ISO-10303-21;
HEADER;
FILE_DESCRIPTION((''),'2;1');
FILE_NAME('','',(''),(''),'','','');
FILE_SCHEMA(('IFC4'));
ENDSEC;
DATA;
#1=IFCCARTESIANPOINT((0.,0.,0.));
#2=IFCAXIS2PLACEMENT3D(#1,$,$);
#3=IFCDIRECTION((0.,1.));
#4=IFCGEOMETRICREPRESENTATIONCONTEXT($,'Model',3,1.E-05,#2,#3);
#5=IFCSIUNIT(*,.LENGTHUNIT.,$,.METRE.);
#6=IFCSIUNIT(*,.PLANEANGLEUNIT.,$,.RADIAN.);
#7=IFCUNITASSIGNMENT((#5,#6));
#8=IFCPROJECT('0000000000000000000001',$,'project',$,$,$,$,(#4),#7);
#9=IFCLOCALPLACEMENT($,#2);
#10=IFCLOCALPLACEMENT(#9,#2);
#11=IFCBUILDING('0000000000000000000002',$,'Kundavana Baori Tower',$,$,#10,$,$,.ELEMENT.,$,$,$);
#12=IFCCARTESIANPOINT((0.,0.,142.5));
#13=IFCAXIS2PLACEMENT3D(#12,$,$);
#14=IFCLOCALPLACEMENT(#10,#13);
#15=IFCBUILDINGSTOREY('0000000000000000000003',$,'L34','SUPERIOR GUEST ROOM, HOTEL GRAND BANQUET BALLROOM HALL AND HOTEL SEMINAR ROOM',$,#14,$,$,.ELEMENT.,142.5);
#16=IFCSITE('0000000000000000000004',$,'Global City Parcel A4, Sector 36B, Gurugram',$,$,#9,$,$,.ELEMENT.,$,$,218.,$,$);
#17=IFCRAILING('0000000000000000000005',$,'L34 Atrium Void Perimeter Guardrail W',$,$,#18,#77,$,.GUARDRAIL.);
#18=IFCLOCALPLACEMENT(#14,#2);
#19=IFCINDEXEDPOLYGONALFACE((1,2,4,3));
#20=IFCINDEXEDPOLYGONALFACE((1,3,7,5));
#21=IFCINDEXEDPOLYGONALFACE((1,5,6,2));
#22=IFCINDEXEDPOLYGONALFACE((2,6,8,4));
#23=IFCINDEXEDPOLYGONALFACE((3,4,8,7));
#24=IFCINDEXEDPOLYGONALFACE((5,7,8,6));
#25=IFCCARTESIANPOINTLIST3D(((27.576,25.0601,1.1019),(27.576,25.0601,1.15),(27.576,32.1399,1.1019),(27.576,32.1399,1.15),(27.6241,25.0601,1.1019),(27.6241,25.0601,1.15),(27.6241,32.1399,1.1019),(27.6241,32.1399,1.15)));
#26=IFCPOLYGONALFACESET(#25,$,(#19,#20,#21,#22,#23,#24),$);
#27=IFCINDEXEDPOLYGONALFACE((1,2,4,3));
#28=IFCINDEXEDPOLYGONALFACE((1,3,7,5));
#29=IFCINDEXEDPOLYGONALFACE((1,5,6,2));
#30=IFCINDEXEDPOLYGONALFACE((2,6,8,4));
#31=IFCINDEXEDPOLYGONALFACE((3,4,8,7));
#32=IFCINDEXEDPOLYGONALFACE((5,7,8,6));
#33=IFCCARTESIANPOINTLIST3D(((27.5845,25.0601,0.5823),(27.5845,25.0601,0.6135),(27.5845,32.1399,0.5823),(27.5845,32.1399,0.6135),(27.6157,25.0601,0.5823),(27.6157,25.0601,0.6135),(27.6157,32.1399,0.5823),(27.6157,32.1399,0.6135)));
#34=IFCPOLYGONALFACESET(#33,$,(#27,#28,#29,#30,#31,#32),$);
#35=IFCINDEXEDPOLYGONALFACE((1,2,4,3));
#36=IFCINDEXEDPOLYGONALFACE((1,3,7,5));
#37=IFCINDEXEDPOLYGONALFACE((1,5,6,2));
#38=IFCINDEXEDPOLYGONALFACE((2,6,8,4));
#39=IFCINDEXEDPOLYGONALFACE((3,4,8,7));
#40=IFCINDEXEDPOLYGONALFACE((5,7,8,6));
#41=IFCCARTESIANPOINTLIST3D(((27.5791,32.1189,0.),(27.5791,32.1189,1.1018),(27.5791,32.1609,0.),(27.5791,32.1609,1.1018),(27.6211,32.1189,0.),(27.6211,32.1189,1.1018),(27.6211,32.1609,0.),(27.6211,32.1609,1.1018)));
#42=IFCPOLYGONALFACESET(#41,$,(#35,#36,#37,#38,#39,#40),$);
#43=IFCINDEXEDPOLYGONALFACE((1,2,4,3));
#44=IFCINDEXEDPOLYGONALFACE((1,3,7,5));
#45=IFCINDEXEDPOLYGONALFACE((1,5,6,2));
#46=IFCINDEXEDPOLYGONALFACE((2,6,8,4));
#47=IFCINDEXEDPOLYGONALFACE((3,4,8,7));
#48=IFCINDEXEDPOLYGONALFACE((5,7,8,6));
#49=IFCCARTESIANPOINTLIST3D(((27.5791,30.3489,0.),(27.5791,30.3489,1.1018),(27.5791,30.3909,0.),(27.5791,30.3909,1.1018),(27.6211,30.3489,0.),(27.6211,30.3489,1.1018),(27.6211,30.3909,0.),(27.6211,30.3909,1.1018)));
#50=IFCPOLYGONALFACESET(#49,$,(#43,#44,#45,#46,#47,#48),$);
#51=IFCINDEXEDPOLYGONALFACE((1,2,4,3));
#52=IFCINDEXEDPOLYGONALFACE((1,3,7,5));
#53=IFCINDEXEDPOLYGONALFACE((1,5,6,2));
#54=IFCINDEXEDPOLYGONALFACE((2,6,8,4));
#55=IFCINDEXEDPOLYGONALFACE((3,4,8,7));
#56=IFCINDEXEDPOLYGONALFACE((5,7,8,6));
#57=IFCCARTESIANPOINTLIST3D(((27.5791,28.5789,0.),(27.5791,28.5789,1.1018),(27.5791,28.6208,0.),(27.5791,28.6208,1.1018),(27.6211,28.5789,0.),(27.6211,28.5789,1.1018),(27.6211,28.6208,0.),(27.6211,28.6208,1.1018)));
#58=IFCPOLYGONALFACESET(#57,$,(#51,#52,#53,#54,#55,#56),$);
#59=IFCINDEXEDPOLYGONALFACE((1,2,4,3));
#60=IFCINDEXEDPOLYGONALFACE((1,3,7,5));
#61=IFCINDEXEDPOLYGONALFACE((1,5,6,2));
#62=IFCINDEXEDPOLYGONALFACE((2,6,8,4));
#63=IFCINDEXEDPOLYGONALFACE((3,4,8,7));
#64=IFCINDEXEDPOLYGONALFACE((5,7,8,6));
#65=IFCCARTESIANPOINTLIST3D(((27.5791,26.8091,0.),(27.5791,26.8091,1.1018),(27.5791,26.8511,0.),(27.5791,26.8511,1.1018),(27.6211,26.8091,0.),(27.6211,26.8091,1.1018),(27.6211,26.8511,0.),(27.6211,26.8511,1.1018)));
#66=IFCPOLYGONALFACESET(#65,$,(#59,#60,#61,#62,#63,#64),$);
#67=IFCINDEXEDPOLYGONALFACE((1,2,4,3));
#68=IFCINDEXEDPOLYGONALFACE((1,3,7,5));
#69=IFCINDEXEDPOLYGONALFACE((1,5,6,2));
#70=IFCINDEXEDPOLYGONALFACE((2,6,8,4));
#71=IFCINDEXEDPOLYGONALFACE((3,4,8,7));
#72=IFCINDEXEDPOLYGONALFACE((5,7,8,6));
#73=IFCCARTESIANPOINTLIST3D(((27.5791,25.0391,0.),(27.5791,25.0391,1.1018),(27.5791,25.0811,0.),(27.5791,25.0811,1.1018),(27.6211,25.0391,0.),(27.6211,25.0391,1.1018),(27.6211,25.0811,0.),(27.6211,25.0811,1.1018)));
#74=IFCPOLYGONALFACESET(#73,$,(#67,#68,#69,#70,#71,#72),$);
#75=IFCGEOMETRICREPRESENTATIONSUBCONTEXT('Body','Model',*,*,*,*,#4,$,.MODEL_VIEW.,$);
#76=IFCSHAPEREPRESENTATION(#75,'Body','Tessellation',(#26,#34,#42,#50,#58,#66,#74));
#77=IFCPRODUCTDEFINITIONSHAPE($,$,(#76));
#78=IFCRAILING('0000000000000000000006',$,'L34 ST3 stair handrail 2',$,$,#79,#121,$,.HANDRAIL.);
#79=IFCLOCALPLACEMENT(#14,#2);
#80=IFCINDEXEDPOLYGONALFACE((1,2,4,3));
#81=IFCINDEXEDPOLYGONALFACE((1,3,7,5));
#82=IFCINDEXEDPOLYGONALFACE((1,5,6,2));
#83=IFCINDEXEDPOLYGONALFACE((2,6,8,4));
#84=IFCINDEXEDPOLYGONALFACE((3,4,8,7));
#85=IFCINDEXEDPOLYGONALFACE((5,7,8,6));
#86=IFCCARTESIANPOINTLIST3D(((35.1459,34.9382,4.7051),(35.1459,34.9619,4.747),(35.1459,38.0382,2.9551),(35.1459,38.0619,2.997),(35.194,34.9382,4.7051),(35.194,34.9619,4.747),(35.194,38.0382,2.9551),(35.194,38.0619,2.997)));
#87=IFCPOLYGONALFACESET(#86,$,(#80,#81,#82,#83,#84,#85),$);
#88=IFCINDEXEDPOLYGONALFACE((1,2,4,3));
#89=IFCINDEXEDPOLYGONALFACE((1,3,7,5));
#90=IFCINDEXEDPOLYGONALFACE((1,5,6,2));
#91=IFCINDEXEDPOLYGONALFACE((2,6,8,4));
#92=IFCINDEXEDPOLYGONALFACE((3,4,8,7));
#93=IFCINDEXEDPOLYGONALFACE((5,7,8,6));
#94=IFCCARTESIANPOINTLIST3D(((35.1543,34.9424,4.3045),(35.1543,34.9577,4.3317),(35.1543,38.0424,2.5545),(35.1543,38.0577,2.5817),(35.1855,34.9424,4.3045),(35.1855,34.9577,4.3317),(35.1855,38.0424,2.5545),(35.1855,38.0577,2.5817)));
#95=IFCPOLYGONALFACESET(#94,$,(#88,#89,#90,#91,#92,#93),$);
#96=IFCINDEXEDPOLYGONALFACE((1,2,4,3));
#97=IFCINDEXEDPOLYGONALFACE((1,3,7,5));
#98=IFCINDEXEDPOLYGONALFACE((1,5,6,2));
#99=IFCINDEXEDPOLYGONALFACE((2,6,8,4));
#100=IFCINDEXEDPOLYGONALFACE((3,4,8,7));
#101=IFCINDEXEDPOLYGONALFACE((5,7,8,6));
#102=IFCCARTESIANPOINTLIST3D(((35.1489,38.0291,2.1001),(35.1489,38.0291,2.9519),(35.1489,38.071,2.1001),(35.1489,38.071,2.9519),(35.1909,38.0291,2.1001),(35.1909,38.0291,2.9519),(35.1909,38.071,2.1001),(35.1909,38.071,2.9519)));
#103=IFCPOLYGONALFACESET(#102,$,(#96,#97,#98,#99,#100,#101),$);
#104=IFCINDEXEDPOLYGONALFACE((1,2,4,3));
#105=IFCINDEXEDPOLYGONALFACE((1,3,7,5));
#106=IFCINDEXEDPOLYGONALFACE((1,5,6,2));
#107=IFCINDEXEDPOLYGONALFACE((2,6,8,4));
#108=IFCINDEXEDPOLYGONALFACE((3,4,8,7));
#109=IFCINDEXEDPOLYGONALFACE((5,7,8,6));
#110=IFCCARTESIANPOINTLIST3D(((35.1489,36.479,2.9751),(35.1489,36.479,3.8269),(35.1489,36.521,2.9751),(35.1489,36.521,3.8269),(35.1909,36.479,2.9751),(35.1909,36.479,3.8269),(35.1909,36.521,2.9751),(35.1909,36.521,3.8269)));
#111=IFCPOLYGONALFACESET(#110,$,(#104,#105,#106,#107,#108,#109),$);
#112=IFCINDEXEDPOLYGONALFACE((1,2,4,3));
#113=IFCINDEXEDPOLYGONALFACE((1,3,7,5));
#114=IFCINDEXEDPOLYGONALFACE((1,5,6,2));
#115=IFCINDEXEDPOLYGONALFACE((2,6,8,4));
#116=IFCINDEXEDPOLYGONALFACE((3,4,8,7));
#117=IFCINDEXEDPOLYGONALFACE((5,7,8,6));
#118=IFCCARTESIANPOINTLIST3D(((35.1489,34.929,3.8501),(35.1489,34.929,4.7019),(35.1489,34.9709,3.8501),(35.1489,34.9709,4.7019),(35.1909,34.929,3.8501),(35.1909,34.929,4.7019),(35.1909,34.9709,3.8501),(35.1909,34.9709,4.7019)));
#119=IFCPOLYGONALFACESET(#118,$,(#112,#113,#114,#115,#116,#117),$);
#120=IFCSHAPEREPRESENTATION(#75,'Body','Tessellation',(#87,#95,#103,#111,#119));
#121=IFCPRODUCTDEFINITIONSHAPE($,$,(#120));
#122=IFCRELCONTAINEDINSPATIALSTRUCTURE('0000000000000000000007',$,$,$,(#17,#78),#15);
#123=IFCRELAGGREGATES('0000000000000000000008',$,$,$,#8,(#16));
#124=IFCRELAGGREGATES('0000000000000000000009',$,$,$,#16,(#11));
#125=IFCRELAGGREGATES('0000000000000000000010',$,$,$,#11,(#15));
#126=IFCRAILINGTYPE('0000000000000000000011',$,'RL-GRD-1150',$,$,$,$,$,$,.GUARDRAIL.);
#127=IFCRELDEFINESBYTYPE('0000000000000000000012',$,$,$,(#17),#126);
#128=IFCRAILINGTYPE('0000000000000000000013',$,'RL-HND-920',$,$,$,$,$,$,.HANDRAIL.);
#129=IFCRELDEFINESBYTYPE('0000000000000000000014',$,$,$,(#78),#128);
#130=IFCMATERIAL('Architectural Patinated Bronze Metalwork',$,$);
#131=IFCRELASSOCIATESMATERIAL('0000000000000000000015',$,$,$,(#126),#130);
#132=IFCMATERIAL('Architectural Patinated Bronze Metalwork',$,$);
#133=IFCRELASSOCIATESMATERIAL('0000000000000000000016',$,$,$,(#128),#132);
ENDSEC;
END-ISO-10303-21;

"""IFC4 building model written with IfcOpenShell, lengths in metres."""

from ifc_helpers import new_model, si_unit, direction, frame, origin, origin_2d, place, context, subcontext, project, spatial, rectangle, extrude, material, type_object, element, save


model = new_model("IFC4")

# Units and contexts
model_context = context("Model", 3, precision=1e-05, world=origin(), true_north=direction((0.0, 1.0)))
body_context = subcontext(model_context, "Body", "Model", "MODEL_VIEW")
ifc_project = project(units=[si_unit("LENGTHUNIT", "METRE"), si_unit("PLANEANGLEUNIT", "RADIAN")], contexts=[model_context])

# Site, building, storey
site_placement = place(None, origin())
site = spatial("IfcSite", under=ifc_project, at=site_placement, Name="Global City Parcel A4, Sector 36B, Gurugram", CompositionType="ELEMENT", RefElevation=218.0)
building_placement = place(site_placement, origin())
building = spatial("IfcBuilding", under=site, at=building_placement, Name="Kundavana Baori Tower", CompositionType="ELEMENT")
storey_placement = place(building_placement, frame((0.0, 0.0, 142.5)))
storey = spatial("IfcBuildingStorey", under=building, at=storey_placement, Name="L34", Description="SUPERIOR GUEST ROOM, HOTEL GRAND BANQUET BALLROOM HALL AND HOTEL SEMINAR ROOM", CompositionType="ELEMENT", Elevation=142.5)

# Railings
ifc_material_1 = material(Name="Architectural Patinated Bronze Metalwork")
railing_type_1 = type_object("IfcRailingType", Name="RL-GRD-1150", PredefinedType="GUARDRAIL", material=ifc_material_1)
railing_1_placement = place(storey_placement, frame((27.6001, 32.1399, 0.0)))
element("IfcRailing", 1, at=railing_1_placement, inside=storey, type_object=railing_type_1, Name="L34 Atrium Void Perimeter Guardrail W", PredefinedType="GUARDRAIL", context=body_context, shape_type="SweptSolid", body=[
    extrude(rectangle(XDim=0.0481, YDim=0.0481, at=origin_2d()), frame((0.0, 0.0, 1.126), z_axis=(0.0, -1.0, 0.0), x_axis=(1.0, 0.0, 0.0)), (0.0, 0.0, 1.0), 7.0798),
    extrude(rectangle(XDim=0.0312, YDim=0.0312, at=origin_2d()), frame((0.0, 0.0, 0.5979), z_axis=(0.0, -1.0, 0.0), x_axis=(1.0, 0.0, 0.0)), (0.0, 0.0, 1.0), 7.0798),
    extrude(rectangle(XDim=0.042, YDim=0.042, at=origin_2d()), origin(), (0.0, 0.0, 1.0), 1.1018),
    extrude(rectangle(XDim=0.042, YDim=0.042, at=origin_2d()), frame((0.0, -1.77, 0.0)), (0.0, 0.0, 1.0), 1.1018),
    extrude(rectangle(XDim=0.042, YDim=0.042, at=origin_2d()), frame((0.0, -3.54, 0.0)), (0.0, 0.0, 1.0), 1.1018),
    extrude(rectangle(XDim=0.042, YDim=0.042, at=origin_2d()), frame((0.0, -5.3098, 0.0)), (0.0, 0.0, 1.0), 1.1018),
    extrude(rectangle(XDim=0.042, YDim=0.042, at=origin_2d()), frame((0.0, -7.0798, 0.0)), (0.0, 0.0, 1.0), 1.1018),
])
ifc_material_2 = material(Name="Architectural Patinated Bronze Metalwork")
railing_type_2 = type_object("IfcRailingType", Name="RL-HND-920", PredefinedType="HANDRAIL", material=ifc_material_2)
railing_2_placement = place(storey_placement, frame((35.1699, 38.05, 2.1001)))
element("IfcRailing", 2, at=railing_2_placement, inside=storey, type_object=railing_type_2, Name="L34 ST3 stair handrail 2", PredefinedType="HANDRAIL", context=body_context, shape_type="SweptSolid", body=[
    extrude(rectangle(XDim=0.0481, YDim=0.0481, at=origin_2d()), frame((0.0, 0.0, 0.876), z_axis=(0.0, -0.870831, 0.491583), x_axis=(1.0, 0.0, 0.0)), (0.0, 0.0, 1.0), 3.5598),
    extrude(rectangle(XDim=0.0312, YDim=0.0312, at=origin_2d()), frame((0.0, 0.0, 0.468), z_axis=(0.0, -0.870831, 0.491583), x_axis=(1.0, 0.0, 0.0)), (0.0, 0.0, 1.0), 3.5598),
    extrude(rectangle(XDim=0.042, YDim=0.042, at=origin_2d()), origin(), (0.0, 0.0, 1.0), 0.8518),
    extrude(rectangle(XDim=0.042, YDim=0.042, at=origin_2d()), frame((0.0, -1.55, 0.875)), (0.0, 0.0, 1.0), 0.8518),
    extrude(rectangle(XDim=0.042, YDim=0.042, at=origin_2d()), frame((0.0, -3.1001, 1.75)), (0.0, 0.0, 1.0), 0.8518),
])

save(model, "model.ifc")
